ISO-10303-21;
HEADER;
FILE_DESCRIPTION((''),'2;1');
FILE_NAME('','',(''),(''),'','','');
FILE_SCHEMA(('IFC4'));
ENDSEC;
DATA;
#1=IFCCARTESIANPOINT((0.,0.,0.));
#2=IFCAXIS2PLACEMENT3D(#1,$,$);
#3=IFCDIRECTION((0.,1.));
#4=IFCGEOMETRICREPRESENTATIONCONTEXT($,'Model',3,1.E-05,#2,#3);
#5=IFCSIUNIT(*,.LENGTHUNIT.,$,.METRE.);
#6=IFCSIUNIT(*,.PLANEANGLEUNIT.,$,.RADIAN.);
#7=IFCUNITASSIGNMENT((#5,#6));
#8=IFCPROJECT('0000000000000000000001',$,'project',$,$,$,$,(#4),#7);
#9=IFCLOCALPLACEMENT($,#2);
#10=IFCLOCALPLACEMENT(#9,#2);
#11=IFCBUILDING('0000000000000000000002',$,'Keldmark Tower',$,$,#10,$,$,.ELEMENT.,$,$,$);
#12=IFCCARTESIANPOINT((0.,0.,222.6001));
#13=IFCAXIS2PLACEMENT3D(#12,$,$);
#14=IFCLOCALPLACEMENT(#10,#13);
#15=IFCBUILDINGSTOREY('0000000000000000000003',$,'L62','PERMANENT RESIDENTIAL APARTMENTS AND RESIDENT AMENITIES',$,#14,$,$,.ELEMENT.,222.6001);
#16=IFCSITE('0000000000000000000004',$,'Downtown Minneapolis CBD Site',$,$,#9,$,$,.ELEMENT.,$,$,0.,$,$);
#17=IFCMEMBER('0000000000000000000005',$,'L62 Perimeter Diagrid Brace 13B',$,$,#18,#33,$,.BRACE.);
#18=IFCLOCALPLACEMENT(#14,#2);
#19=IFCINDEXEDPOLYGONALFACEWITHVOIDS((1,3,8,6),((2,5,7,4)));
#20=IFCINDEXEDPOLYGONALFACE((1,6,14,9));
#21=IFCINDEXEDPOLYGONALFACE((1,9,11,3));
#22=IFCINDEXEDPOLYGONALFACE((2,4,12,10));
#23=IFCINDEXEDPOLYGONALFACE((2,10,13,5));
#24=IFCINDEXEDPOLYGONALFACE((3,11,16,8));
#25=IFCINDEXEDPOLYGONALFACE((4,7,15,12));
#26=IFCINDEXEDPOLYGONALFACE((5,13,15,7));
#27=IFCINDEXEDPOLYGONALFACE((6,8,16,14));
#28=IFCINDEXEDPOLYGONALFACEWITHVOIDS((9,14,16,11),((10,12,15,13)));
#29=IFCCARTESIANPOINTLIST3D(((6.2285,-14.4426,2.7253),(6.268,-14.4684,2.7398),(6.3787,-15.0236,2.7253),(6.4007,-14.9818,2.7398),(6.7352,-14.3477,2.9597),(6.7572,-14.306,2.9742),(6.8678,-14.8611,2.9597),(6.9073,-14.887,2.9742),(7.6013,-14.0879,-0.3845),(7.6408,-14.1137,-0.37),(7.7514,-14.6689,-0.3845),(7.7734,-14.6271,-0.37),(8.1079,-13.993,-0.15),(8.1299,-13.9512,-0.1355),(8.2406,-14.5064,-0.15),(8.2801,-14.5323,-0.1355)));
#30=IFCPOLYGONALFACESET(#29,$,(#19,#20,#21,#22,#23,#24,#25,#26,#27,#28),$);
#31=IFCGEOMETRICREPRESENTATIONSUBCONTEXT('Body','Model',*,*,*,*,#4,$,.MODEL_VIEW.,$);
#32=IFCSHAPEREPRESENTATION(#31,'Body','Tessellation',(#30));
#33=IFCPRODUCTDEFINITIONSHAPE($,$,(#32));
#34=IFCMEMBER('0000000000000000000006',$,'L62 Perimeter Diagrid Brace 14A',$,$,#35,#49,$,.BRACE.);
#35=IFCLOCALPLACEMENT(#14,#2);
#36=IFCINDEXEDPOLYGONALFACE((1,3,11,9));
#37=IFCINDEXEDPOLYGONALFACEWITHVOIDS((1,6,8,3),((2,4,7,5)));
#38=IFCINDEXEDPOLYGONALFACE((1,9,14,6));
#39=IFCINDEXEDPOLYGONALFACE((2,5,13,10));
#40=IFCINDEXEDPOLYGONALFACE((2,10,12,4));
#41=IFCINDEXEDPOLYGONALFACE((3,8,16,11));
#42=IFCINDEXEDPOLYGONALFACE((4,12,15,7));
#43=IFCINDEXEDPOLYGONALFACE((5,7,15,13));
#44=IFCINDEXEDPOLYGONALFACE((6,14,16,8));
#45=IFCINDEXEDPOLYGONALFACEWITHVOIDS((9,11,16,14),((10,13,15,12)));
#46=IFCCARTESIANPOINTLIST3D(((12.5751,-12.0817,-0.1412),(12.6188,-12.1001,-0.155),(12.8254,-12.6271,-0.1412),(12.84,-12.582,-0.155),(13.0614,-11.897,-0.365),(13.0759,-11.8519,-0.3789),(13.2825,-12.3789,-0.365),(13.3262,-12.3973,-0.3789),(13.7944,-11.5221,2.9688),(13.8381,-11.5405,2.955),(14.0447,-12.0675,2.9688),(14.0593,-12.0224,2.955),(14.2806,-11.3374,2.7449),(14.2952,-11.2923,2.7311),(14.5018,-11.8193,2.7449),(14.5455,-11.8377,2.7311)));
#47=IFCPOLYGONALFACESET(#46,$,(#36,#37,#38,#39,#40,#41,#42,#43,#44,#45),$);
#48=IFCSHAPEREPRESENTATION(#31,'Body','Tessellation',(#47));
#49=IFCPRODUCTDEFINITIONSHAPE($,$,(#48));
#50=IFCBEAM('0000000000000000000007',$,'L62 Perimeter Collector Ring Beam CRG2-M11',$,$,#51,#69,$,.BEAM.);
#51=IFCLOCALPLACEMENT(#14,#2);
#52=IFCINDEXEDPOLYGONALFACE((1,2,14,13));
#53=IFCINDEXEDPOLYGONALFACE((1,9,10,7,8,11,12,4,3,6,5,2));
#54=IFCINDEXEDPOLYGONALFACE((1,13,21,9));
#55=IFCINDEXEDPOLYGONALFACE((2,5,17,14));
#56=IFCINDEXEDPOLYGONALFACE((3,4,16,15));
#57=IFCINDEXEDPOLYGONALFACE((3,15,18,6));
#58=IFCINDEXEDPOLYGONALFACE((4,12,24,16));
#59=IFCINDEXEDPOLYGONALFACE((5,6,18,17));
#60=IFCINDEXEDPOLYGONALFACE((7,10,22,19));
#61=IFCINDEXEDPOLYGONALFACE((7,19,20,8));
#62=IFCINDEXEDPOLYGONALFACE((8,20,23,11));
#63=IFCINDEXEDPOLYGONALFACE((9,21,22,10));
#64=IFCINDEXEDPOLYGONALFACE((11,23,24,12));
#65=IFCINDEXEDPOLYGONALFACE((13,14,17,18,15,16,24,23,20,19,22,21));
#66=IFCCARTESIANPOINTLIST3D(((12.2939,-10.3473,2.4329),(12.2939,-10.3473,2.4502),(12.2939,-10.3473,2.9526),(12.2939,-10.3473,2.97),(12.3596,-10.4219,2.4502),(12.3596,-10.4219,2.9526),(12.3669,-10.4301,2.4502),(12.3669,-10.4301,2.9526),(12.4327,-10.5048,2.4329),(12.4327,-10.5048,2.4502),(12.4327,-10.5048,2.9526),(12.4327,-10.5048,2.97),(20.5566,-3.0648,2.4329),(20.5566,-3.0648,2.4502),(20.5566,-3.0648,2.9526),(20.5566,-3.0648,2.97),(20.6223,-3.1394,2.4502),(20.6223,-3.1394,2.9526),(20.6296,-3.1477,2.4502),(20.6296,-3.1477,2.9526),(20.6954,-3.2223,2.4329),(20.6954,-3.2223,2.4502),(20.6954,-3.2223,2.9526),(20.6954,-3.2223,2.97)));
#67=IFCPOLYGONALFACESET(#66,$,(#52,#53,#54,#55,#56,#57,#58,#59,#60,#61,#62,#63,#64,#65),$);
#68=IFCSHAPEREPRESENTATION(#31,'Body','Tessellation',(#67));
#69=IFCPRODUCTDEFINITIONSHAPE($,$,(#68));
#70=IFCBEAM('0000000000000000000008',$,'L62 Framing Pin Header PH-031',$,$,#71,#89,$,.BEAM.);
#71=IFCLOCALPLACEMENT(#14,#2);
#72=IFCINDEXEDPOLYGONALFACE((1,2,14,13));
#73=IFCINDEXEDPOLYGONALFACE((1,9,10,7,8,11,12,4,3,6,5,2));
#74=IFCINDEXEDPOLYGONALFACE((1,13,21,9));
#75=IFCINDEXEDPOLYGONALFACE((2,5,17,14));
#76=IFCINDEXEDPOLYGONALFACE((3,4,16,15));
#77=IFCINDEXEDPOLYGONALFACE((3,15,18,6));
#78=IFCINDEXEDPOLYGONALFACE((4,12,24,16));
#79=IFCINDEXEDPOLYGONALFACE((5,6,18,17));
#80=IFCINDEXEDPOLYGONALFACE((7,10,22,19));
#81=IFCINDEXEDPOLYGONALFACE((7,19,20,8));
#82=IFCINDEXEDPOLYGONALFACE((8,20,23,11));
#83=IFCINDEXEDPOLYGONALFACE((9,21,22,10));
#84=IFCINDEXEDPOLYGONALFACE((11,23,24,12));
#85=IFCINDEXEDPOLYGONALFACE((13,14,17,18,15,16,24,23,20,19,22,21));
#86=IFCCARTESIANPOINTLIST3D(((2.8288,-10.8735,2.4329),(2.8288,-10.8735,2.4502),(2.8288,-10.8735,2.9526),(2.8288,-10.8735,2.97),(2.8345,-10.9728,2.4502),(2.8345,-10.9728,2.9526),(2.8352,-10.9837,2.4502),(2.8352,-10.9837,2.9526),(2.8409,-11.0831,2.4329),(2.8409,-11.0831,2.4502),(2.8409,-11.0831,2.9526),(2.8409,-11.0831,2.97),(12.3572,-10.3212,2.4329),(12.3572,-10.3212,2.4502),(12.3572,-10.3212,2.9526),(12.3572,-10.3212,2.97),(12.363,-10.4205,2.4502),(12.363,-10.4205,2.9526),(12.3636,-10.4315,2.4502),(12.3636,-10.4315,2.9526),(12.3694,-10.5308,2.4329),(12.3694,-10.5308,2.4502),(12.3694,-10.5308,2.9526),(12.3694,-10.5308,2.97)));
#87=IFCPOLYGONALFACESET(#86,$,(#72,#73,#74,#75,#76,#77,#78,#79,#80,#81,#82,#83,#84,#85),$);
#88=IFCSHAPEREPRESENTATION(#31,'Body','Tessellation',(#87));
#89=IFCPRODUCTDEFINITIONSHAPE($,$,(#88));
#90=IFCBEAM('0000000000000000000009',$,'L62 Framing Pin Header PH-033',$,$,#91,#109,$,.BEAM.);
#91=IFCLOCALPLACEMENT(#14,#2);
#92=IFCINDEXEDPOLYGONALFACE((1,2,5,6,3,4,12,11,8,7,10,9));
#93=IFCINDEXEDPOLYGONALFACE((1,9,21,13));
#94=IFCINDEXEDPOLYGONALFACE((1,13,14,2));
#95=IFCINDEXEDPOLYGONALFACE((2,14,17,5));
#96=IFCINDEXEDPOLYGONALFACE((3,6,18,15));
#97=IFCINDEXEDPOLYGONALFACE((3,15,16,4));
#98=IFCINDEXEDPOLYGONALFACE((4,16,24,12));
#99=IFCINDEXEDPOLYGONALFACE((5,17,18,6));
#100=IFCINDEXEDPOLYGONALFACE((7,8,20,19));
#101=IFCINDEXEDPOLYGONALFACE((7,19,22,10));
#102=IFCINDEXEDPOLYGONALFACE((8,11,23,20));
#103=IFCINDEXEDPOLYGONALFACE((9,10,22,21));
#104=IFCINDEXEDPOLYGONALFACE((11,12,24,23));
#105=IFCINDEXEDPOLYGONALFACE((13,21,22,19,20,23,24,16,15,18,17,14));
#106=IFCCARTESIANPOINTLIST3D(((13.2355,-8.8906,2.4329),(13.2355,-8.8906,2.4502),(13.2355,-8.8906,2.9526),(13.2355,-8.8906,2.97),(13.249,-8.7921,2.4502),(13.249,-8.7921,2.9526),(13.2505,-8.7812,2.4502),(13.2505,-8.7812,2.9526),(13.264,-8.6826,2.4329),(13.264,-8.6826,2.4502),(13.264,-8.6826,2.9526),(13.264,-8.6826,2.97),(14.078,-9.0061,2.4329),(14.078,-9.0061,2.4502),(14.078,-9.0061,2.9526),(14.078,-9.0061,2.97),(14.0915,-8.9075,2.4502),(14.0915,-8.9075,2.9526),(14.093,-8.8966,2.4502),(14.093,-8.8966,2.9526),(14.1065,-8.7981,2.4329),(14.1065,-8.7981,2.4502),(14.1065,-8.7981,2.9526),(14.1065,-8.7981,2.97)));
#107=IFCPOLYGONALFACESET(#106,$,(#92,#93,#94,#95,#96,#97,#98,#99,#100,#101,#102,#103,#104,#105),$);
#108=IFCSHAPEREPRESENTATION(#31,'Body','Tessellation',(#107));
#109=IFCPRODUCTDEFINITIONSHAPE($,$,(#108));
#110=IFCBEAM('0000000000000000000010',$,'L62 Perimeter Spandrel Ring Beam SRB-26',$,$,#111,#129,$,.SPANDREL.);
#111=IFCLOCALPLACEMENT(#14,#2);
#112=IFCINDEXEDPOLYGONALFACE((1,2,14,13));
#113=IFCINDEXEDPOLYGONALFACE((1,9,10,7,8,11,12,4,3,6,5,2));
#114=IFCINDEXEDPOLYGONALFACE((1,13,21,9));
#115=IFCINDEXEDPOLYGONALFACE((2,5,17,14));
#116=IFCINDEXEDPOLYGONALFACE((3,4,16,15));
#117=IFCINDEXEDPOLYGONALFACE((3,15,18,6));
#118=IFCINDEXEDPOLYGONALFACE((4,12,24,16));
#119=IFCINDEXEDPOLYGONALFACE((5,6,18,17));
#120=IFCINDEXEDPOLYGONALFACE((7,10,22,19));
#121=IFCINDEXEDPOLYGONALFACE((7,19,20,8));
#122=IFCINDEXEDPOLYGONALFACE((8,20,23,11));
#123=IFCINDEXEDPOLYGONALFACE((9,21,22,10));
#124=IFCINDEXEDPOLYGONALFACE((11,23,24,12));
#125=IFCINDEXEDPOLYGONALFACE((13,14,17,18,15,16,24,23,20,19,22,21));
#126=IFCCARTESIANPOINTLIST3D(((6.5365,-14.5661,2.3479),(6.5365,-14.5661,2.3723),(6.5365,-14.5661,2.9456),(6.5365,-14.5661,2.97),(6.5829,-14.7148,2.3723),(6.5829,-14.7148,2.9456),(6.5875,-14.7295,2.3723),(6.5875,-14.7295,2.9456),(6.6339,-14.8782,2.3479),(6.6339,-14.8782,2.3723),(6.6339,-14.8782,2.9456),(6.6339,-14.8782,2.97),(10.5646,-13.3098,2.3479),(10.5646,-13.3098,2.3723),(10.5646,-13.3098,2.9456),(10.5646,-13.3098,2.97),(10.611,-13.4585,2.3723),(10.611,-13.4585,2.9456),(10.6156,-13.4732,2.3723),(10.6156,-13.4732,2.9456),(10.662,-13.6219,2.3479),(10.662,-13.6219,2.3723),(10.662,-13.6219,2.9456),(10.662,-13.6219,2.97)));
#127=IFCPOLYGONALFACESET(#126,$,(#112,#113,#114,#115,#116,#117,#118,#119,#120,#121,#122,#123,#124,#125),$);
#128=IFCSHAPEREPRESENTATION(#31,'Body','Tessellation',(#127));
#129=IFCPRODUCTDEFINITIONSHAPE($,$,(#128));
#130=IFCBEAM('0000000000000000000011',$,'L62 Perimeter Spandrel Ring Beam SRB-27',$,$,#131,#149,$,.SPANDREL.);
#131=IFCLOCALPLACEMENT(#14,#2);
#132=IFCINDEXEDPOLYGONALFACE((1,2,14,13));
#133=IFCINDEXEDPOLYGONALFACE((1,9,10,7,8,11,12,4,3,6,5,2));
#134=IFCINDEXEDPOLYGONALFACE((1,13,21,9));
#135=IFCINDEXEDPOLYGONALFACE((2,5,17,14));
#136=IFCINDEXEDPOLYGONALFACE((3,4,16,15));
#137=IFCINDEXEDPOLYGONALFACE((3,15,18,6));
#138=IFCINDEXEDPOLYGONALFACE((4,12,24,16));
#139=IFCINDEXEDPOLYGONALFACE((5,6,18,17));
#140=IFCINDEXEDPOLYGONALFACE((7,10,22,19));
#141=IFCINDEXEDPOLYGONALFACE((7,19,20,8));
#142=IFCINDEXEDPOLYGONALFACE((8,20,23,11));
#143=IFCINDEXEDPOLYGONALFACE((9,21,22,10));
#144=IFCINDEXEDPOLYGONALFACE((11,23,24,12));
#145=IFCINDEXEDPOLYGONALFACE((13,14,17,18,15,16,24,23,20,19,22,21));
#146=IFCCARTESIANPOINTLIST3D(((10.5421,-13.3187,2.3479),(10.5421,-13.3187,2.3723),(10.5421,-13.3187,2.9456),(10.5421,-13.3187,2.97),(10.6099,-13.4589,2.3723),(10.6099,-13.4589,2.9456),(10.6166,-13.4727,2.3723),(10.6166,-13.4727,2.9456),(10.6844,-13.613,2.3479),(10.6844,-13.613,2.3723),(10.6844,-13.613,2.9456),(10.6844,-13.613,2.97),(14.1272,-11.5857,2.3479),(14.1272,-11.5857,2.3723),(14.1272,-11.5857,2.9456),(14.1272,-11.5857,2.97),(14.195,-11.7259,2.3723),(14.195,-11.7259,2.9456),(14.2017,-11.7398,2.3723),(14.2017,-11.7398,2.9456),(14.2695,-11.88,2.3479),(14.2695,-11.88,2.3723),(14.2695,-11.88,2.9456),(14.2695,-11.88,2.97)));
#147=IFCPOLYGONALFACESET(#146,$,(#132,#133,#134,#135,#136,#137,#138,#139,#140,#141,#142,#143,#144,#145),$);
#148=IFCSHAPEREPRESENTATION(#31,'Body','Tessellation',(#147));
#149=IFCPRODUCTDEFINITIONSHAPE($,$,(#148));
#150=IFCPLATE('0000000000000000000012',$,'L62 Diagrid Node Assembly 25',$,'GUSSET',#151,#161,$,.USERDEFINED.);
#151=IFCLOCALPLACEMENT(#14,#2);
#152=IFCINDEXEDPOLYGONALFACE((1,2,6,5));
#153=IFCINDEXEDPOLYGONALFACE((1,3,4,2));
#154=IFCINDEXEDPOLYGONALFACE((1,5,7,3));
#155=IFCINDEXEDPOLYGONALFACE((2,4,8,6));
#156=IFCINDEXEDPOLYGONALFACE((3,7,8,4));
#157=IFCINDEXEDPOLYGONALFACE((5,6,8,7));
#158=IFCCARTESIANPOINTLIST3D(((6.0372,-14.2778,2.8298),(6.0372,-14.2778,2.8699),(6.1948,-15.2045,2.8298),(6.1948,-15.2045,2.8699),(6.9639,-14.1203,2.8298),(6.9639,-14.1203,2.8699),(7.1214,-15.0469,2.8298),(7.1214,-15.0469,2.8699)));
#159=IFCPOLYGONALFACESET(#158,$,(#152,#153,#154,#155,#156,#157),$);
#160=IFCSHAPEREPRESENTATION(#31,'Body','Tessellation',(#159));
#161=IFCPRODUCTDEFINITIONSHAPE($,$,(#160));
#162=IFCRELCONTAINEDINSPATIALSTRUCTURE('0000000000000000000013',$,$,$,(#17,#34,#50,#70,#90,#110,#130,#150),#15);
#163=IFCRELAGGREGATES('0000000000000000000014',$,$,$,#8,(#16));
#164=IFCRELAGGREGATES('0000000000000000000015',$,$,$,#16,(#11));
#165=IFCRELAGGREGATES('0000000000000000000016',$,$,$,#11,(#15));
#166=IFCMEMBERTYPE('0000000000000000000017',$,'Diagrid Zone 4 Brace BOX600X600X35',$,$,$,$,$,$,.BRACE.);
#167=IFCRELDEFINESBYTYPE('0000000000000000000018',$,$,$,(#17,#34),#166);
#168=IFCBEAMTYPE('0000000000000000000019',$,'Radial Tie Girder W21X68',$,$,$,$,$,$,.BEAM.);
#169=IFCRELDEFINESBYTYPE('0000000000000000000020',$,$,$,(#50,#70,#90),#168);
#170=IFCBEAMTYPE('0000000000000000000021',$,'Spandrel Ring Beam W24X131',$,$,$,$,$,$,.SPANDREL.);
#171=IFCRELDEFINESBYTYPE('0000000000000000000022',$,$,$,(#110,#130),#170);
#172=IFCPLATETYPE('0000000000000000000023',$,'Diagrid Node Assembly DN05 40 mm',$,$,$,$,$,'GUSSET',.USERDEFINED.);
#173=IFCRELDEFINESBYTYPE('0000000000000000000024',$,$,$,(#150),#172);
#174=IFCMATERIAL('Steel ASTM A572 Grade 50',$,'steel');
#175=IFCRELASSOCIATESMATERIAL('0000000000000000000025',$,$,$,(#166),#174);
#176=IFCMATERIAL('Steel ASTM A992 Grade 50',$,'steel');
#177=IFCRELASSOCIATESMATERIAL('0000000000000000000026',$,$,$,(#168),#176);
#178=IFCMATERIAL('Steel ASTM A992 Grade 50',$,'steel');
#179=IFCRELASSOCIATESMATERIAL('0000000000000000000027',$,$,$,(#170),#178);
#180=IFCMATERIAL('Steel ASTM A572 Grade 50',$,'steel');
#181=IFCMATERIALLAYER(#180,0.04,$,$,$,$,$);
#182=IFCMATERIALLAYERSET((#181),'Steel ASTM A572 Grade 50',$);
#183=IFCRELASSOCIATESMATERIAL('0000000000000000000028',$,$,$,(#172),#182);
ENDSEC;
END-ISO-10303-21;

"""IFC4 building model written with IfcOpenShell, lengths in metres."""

from ifc_helpers import new_model, si_unit, direction, frame, origin, origin_2d, place, context, subcontext, project, spatial, rectangle, hollow_rectangle, i_section, extrude, material, layer, layer_set, material_profile, profile_set, type_object, element, save


model = new_model("IFC4")

# Units and contexts
model_context = context("Model", 3, precision=1e-05, world=origin(), true_north=direction((0.0, 1.0)))
body_context = subcontext(model_context, "Body", "Model", "MODEL_VIEW")
ifc_project = project(units=[si_unit("LENGTHUNIT", "METRE"), si_unit("PLANEANGLEUNIT", "RADIAN")], contexts=[model_context])

# Site, building, storey
site_placement = place(None, origin())
site = spatial("IfcSite", under=ifc_project, at=site_placement, Name="Downtown Minneapolis CBD Site", CompositionType="ELEMENT", RefElevation=0.0)
building_placement = place(site_placement, origin())
building = spatial("IfcBuilding", under=site, at=building_placement, Name="Keldmark Tower", CompositionType="ELEMENT")
storey_placement = place(building_placement, frame((0.0, 0.0, 222.6001)))
storey = spatial("IfcBuildingStorey", under=building, at=storey_placement, Name="L62", Description="PERMANENT RESIDENTIAL APARTMENTS AND RESIDENT AMENITIES", CompositionType="ELEMENT", Elevation=222.6001)

# Members
ifc_material_1 = material(Name="Steel ASTM A572 Grade 50", Category="steel")
ifc_material_profile_1 = material_profile(ifc_material_1, hollow_rectangle(XDim=0.6001, YDim=0.6001, WallThickness=0.0349, at=origin_2d()), Name="BOX600X600X35")
ifc_profile_set_1 = profile_set([ifc_material_profile_1], Name="Steel ASTM A572 Grade 50")
member_type = type_object("IfcMemberType", Name="Diagrid Zone 4 Brace BOX600X600X35", PredefinedType="BRACE", material=ifc_profile_set_1)
member_1_placement = place(storey_placement, frame((7.9407, -14.3101, -0.26), z_axis=(-0.401657, -0.103789, 0.90989), x_axis=(0.250185, -0.968198, 0.0)))
element("IfcMember", 1, at=member_1_placement, inside=storey, type_object=member_type, Name="L62 Perimeter Diagrid Brace 13B", PredefinedType="BRACE", context=body_context, shape_type="SweptSolid", body=[
    extrude(hollow_rectangle(XDim=0.6001, YDim=0.6001, WallThickness=0.0349, at=origin_2d()), origin(), (0.0, 0.0, 1.0), 3.4177),
])
member_2_placement = place(storey_placement, frame((12.9507, -12.2395, -0.26), z_axis=(0.359989, 0.165217, 0.918211), x_axis=(-0.417118, 0.908852, 0.0)))
element("IfcMember", 2, at=member_2_placement, inside=storey, type_object=member_type, Name="L62 Perimeter Diagrid Brace 14A", PredefinedType="BRACE", context=body_context, shape_type="SweptSolid", body=[
    extrude(hollow_rectangle(XDim=0.6001, YDim=0.6001, WallThickness=0.0349, at=origin_2d()), origin(), (0.0, 0.0, 1.0), 3.387),
])

# Beams
ifc_material_2 = material(Name="Steel ASTM A992 Grade 50", Category="steel")
ifc_material_profile_2 = material_profile(ifc_material_2, i_section(OverallWidth=0.21, OverallDepth=0.5371, WebThickness=0.011, FlangeThickness=0.0173, at=origin_2d()), Name="W21X68")
ifc_profile_set_2 = profile_set([ifc_material_profile_2], Name="Steel ASTM A992 Grade 50")
beam_type_1 = type_object("IfcBeamType", Name="Radial Tie Girder W21X68", PredefinedType="BEAM", material=ifc_profile_set_2)
beam_1_placement = place(storey_placement, frame((12.3633, -10.426, 2.7014), z_axis=(0.750205, 0.661206, 0.0), x_axis=(-0.661206, 0.750205, 0.0)))
element("IfcBeam", 3, at=beam_1_placement, inside=storey, type_object=beam_type_1, Name="L62 Perimeter Collector Ring Beam CRG2-M11", PredefinedType="BEAM", context=body_context, shape_type="SweptSolid", body=[
    extrude(i_section(OverallWidth=0.21, OverallDepth=0.5371, WebThickness=0.011, FlangeThickness=0.0173, at=origin_2d()), origin(), (0.0, 0.0, 1.0), 11.0139),
])
beam_2_placement = place(storey_placement, frame((12.3633, -10.426, 2.7014), z_axis=(-0.998325, -0.05786, 0.0), x_axis=(0.05786, -0.998325, 0.0)))
element("IfcBeam", 4, at=beam_2_placement, inside=storey, type_object=beam_type_1, Name="L62 Framing Pin Header PH-031", PredefinedType="BEAM", context=body_context, shape_type="SweptSolid", body=[
    extrude(i_section(OverallWidth=0.21, OverallDepth=0.5371, WebThickness=0.011, FlangeThickness=0.0173, at=origin_2d()), origin(), (0.0, 0.0, 1.0), 9.5444),
])
beam_3_placement = place(storey_placement, frame((13.2498, -8.7866, 2.7014), z_axis=(0.990737, -0.135792, 0.0), x_axis=(0.135792, 0.990737, 0.0)))
element("IfcBeam", 5, at=beam_3_placement, inside=storey, type_object=beam_type_1, Name="L62 Framing Pin Header PH-033", PredefinedType="BEAM", context=body_context, shape_type="SweptSolid", body=[
    extrude(i_section(OverallWidth=0.21, OverallDepth=0.5371, WebThickness=0.011, FlangeThickness=0.0173, at=origin_2d()), origin(), (0.0, 0.0, 1.0), 0.8503),
])
ifc_material_3 = material(Name="Steel ASTM A992 Grade 50", Category="steel")
ifc_material_profile_3 = material_profile(ifc_material_3, i_section(OverallWidth=0.3269, OverallDepth=0.6221, WebThickness=0.0154, FlangeThickness=0.0244, at=origin_2d()), Name="W24X131")
ifc_profile_set_3 = profile_set([ifc_material_profile_3], Name="Steel ASTM A992 Grade 50")
beam_type_2 = type_object("IfcBeamType", Name="Spandrel Ring Beam W24X131", PredefinedType="SPANDREL", material=ifc_profile_set_3)
beam_4_placement = place(storey_placement, frame((6.5852, -14.7222, 2.6589), z_axis=(0.954644, 0.297751, 0.0), x_axis=(-0.297751, 0.954644, 0.0)))
element("IfcBeam", 6, at=beam_4_placement, inside=storey, type_object=beam_type_2, Name="L62 Perimeter Spandrel Ring Beam SRB-26", PredefinedType="SPANDREL", context=body_context, shape_type="SweptSolid", body=[
    extrude(i_section(OverallWidth=0.3269, OverallDepth=0.6221, WebThickness=0.0154, FlangeThickness=0.0244, at=origin_2d()), origin(), (0.0, 0.0, 1.0), 4.2195),
])
beam_5_placement = place(storey_placement, frame((10.6133, -13.4658, 2.6589), z_axis=(0.900331, 0.435205, 0.0), x_axis=(-0.435205, 0.900331, 0.0)))
element("IfcBeam", 7, at=beam_5_placement, inside=storey, type_object=beam_type_2, Name="L62 Perimeter Spandrel Ring Beam SRB-27", PredefinedType="SPANDREL", context=body_context, shape_type="SweptSolid", body=[
    extrude(i_section(OverallWidth=0.3269, OverallDepth=0.6221, WebThickness=0.0154, FlangeThickness=0.0244, at=origin_2d()), origin(), (0.0, 0.0, 1.0), 3.9819),
])

# Plate
ifc_material_4 = material(Name="Steel ASTM A572 Grade 50", Category="steel")
ifc_layer_1 = layer(ifc_material_4, 0.04)
ifc_layer_set_1 = layer_set([ifc_layer_1], Name="Steel ASTM A572 Grade 50")
plate_type = type_object("IfcPlateType", Name="Diagrid Node Assembly DN05 40 mm", ElementType="GUSSET", PredefinedType="USERDEFINED", material=ifc_layer_set_1)
plate_placement = place(storey_placement, frame((6.5793, -14.6624, 2.8298), z_axis=(0.0, 0.0, 1.0), x_axis=(0.98585, 0.167629, 0.0)))
element("IfcPlate", 8, at=plate_placement, inside=storey, type_object=plate_type, Name="L62 Diagrid Node Assembly 25", ObjectType="GUSSET", PredefinedType="USERDEFINED", context=body_context, shape_type="SweptSolid", body=[
    extrude(rectangle(XDim=0.9399, YDim=0.9399, at=origin_2d()), origin(), (0.0, 0.0, 1.0), 0.04),
])

save(model, "model.ifc")
